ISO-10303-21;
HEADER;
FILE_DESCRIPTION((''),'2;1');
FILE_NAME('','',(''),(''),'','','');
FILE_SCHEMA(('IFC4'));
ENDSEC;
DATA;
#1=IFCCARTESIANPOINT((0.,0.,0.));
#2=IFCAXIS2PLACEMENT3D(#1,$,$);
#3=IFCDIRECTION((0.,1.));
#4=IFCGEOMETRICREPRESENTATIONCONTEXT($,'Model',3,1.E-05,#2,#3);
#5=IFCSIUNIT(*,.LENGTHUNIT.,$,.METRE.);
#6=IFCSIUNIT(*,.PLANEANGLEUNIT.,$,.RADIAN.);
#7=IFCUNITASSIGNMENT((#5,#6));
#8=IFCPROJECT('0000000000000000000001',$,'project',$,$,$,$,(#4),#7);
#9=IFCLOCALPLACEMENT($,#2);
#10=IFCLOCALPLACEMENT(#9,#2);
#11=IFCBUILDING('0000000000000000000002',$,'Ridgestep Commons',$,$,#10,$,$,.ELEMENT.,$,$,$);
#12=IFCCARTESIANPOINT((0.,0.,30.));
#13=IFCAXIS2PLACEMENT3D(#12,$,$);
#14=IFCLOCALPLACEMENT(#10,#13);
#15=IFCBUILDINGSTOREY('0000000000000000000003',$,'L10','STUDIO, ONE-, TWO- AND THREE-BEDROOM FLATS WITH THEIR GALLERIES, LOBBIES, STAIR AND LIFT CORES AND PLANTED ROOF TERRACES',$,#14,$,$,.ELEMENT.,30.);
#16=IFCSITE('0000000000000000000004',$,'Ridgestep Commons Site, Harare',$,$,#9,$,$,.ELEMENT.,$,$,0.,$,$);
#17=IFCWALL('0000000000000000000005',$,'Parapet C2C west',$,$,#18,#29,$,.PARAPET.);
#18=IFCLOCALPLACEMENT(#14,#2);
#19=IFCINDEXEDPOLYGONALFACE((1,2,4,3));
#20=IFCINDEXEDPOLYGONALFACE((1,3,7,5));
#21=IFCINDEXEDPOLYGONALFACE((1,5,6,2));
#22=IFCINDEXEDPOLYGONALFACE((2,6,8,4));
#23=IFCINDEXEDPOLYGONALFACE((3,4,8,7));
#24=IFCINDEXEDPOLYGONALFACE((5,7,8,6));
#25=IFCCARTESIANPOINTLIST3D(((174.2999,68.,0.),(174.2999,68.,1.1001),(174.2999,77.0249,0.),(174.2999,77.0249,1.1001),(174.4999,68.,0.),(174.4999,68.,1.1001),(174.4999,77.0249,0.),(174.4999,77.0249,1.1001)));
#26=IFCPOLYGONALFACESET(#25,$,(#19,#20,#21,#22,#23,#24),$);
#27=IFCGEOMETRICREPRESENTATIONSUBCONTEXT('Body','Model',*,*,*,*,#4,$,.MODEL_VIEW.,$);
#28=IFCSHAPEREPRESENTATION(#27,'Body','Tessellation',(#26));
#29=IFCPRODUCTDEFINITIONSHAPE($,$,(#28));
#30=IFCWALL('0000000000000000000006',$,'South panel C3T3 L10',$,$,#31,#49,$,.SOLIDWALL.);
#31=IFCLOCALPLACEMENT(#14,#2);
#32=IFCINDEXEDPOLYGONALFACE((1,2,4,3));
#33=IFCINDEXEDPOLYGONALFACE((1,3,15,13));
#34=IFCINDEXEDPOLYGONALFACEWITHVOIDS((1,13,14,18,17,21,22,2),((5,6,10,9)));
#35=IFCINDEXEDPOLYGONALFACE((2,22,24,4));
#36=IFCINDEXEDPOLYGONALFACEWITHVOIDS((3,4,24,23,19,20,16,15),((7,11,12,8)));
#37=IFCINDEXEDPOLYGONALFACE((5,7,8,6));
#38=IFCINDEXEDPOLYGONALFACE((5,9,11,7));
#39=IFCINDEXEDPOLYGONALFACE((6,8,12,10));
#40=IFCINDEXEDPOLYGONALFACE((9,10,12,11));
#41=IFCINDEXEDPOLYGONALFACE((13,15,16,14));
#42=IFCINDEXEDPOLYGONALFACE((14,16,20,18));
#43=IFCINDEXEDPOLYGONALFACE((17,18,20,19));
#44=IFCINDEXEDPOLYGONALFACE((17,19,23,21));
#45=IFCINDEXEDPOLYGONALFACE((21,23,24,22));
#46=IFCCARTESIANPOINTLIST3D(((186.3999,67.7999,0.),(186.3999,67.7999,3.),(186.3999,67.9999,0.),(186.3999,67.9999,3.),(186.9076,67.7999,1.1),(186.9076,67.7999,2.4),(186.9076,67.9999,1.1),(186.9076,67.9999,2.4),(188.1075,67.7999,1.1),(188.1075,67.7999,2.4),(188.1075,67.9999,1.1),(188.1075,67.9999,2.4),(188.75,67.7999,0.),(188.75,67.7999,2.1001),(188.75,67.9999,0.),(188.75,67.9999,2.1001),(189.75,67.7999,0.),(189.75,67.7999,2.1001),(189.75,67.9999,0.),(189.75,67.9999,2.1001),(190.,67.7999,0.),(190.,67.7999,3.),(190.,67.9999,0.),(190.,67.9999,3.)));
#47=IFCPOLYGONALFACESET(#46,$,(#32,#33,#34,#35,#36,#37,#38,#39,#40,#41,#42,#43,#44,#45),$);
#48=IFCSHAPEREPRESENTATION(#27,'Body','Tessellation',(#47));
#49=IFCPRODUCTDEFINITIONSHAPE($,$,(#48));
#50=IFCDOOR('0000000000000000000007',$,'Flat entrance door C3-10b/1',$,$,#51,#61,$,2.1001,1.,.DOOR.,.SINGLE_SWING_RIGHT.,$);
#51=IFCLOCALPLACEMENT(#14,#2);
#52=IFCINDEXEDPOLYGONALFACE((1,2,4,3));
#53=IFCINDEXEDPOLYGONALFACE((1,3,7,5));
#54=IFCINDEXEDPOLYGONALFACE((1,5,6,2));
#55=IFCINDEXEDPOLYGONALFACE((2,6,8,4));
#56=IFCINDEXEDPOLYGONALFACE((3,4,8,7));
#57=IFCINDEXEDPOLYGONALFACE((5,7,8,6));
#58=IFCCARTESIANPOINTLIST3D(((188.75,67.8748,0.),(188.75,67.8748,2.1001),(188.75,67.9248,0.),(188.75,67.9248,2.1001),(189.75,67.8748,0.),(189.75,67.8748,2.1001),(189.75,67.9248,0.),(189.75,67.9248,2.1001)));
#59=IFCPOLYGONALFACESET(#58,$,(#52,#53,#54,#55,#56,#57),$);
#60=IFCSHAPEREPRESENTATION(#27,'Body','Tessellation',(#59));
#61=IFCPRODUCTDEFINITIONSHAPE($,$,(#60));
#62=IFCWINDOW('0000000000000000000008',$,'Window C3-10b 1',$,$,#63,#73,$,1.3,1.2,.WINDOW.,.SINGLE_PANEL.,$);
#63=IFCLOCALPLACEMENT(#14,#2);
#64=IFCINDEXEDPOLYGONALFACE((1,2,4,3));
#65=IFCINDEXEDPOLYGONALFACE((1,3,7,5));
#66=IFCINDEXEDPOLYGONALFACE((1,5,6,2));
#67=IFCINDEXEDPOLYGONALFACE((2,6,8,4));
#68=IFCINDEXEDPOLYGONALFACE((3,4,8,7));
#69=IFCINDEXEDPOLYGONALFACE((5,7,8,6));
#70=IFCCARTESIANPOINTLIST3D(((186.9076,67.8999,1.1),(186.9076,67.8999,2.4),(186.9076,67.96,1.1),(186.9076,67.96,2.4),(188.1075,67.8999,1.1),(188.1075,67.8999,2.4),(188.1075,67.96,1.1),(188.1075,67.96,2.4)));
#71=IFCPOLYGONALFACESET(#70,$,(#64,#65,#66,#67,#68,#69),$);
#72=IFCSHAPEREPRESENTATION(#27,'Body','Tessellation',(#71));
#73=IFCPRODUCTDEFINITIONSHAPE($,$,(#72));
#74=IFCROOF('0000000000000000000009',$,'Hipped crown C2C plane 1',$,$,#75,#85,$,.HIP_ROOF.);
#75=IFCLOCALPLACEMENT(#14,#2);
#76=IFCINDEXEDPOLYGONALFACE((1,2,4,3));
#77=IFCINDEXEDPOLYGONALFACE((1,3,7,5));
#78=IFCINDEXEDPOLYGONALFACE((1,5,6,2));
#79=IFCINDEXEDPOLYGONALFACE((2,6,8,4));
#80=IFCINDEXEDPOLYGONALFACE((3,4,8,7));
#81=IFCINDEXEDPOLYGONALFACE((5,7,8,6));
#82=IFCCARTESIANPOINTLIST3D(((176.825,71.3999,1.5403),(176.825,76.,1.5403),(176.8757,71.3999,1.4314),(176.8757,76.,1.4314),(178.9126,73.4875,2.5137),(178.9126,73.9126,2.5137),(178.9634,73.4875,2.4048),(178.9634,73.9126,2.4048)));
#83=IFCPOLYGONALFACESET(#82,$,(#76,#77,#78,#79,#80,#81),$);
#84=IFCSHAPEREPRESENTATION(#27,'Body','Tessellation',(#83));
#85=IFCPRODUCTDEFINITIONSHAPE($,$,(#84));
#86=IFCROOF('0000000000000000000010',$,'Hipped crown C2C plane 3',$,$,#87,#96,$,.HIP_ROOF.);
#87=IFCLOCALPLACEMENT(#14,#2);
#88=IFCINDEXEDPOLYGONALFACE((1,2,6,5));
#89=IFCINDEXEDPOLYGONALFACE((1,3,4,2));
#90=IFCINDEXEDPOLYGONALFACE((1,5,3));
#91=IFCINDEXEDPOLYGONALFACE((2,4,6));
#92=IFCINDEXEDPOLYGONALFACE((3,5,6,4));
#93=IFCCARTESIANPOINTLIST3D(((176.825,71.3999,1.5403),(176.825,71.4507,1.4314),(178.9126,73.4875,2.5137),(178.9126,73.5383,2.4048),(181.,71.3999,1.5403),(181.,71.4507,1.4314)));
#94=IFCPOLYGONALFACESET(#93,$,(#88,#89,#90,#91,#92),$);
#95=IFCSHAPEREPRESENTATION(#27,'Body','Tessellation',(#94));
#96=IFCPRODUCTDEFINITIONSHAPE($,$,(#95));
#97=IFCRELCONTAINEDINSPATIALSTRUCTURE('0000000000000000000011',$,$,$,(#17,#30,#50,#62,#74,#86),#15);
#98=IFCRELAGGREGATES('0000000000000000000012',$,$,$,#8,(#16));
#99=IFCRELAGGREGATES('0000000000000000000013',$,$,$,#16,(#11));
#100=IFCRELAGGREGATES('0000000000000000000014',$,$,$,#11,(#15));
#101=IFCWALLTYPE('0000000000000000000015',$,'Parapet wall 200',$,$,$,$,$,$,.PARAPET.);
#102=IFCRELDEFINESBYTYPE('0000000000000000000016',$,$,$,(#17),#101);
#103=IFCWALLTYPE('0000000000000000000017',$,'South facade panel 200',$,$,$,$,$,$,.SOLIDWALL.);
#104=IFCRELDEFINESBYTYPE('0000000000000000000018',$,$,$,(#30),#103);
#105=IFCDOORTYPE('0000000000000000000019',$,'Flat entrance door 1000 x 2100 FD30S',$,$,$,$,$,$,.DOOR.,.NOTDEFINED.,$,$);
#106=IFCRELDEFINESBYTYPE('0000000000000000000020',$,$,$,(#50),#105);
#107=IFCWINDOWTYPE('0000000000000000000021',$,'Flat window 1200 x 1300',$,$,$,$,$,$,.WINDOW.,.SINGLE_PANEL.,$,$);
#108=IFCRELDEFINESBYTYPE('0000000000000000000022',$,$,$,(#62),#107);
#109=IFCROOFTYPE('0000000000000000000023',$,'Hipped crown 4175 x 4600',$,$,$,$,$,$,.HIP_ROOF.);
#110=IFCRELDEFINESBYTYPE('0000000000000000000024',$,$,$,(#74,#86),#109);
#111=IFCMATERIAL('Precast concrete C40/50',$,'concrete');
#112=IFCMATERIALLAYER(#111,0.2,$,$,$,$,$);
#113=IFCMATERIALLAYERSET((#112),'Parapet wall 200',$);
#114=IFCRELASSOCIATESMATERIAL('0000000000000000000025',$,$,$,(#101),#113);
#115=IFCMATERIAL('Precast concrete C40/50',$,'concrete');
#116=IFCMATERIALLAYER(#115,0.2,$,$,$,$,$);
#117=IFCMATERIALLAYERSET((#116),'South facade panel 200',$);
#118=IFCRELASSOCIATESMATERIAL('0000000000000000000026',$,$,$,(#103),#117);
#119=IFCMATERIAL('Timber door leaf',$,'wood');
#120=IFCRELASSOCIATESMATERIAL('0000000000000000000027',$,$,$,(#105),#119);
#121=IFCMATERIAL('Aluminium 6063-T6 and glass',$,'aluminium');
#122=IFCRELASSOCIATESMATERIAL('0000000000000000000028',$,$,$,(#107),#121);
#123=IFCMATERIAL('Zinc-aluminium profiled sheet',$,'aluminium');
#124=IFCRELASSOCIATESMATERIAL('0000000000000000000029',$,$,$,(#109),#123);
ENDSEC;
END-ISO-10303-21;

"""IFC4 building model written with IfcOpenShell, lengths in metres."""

from ifc_helpers import new_model, si_unit, direction, frame, frame_2d, origin, place, context, subcontext, project, spatial, polyline, rectangle, outline, extrude, material, layer, layer_set, type_object, element, fill, save


model = new_model("IFC4")

# Units and contexts
model_context = context("Model", 3, precision=1e-05, world=origin(), true_north=direction((0.0, 1.0)))
body_context = subcontext(model_context, "Body", "Model", "MODEL_VIEW")
ifc_project = project(units=[si_unit("LENGTHUNIT", "METRE"), si_unit("PLANEANGLEUNIT", "RADIAN")], contexts=[model_context])

# Site, building, storey
site_placement = place(None, origin())
site = spatial("IfcSite", under=ifc_project, at=site_placement, Name="Ridgestep Commons Site, Harare", CompositionType="ELEMENT", RefElevation=0.0)
building_placement = place(site_placement, origin())
building = spatial("IfcBuilding", under=site, at=building_placement, Name="Ridgestep Commons", CompositionType="ELEMENT")
storey_placement = place(building_placement, frame((0.0, 0.0, 30.0)))
storey = spatial("IfcBuildingStorey", under=building, at=storey_placement, Name="L10", Description="STUDIO, ONE-, TWO- AND THREE-BEDROOM FLATS WITH THEIR GALLERIES, LOBBIES, STAIR AND LIFT CORES AND PLANTED ROOF TERRACES", CompositionType="ELEMENT", Elevation=30.0)

# Wall
ifc_material_1 = material(Name="Precast concrete C40/50", Category="concrete")
ifc_layer_1 = layer(ifc_material_1, 0.2)
ifc_layer_set_1 = layer_set([ifc_layer_1], Name="Parapet wall 200")
wall_type_1 = type_object("IfcWallType", Name="Parapet wall 200", PredefinedType="PARAPET", material=ifc_layer_set_1)
wall_1_placement = place(storey_placement, frame((174.3999, 68.0, 0.0), z_axis=(0.0, 0.0, 1.0), x_axis=(0.0, 1.0, 0.0)))
element("IfcWall", 1, at=wall_1_placement, inside=storey, type_object=wall_type_1, Name="Parapet C2C west", PredefinedType="PARAPET", context=body_context, shape_type="SweptSolid", body=[
    extrude(rectangle(XDim=9.0249, YDim=0.2, at=frame_2d((4.5125, 0.0))), origin(), (0.0, 0.0, 1.0), 1.1001),
])

# Wall, openings, door, window
ifc_material_2 = material(Name="Precast concrete C40/50", Category="concrete")
ifc_layer_2 = layer(ifc_material_2, 0.2)
ifc_layer_set_2 = layer_set([ifc_layer_2], Name="South facade panel 200")
wall_type_2 = type_object("IfcWallType", Name="South facade panel 200", PredefinedType="SOLIDWALL", material=ifc_layer_set_2)
wall_2_placement = place(storey_placement, frame((186.3999, 67.8999, 0.0), z_axis=(0.0, 0.0, 1.0), x_axis=(1.0, 0.0, 0.0)))
wall_2 = element("IfcWall", 2, at=wall_2_placement, inside=storey, type_object=wall_type_2, Name="South panel C3T3 L10", PredefinedType="SOLIDWALL", context=body_context, shape_type="SweptSolid", body=[
    extrude(rectangle(XDim=3.6001, YDim=0.2, at=frame_2d((1.8, 0.0))), origin(), (0.0, 0.0, 1.0), 3.0),
])
opening_1_placement = place(wall_2_placement, frame((0.5076, 0.0, 1.1001)))
opening_1 = element("IfcOpeningElement", 3, at=opening_1_placement, cuts=wall_2, PredefinedType="OPENING", context=body_context, shape_type="SweptSolid", body=[
    extrude(rectangle(XDim=1.2, YDim=1.3, at=frame_2d((0.6001, 0.6499))), frame((0.0, 0.1099, 0.0), z_axis=(0.0, -1.0, 0.0), x_axis=(1.0, 0.0, 0.0)), (0.0, 0.0, 1.0), 0.22),
])
opening_2_placement = place(wall_2_placement, frame((2.3501, 0.0, 0.0)))
opening_2 = element("IfcOpeningElement", 4, at=opening_2_placement, cuts=wall_2, PredefinedType="OPENING", context=body_context, shape_type="SweptSolid", body=[
    extrude(rectangle(XDim=1.0, YDim=2.1001, at=frame_2d((0.5, 1.05))), frame((0.0, 0.1099, 0.0), z_axis=(0.0, -1.0, 0.0), x_axis=(1.0, 0.0, 0.0)), (0.0, 0.0, 1.0), 0.22),
])
ifc_material_3 = material(Name="Timber door leaf", Category="wood")
door_type_1 = type_object("IfcDoorType", Name="Flat entrance door 1000 x 2100 FD30S", OperationType="NOTDEFINED", PredefinedType="DOOR", material=ifc_material_3)
door_1_placement = place(opening_2_placement, origin())
door_1 = element("IfcDoor", 5, at=door_1_placement, inside=storey, type_object=door_type_1, Name="Flat entrance door C3-10b/1", OperationType="SINGLE_SWING_RIGHT", OverallHeight=2.1001, OverallWidth=1.0, PredefinedType="DOOR", context=body_context, shape_type="SweptSolid", body=[
    extrude(rectangle(XDim=1.0, YDim=2.1001, at=frame_2d((0.5, 1.05))), frame((0.0, 0.0249, 0.0), z_axis=(0.0, -1.0, 0.0), x_axis=(1.0, 0.0, 0.0)), (0.0, 0.0, 1.0), 0.05),
])
fill(opening_2, door_1)
ifc_material_4 = material(Name="Aluminium 6063-T6 and glass", Category="aluminium")
window_type = type_object("IfcWindowType", Name="Flat window 1200 x 1300", PartitioningType="SINGLE_PANEL", PredefinedType="WINDOW", material=ifc_material_4)
window_placement = place(opening_1_placement, origin())
window = element("IfcWindow", 6, at=window_placement, inside=storey, type_object=window_type, Name="Window C3-10b 1", OverallHeight=1.3, OverallWidth=1.2, PartitioningType="SINGLE_PANEL", PredefinedType="WINDOW", context=body_context, shape_type="SweptSolid", body=[
    extrude(rectangle(XDim=1.2, YDim=1.3, at=frame_2d((0.6001, 0.6499))), frame((0.0, 0.0601, 0.0), z_axis=(0.0, -1.0, 0.0), x_axis=(1.0, 0.0, 0.0)), (0.0, 0.0, 1.0), 0.0601),
])
fill(opening_1, window)

# Roofs
ifc_material_5 = material(Name="Zinc-aluminium profiled sheet", Category="aluminium")
roof_type = type_object("IfcRoofType", Name="Hipped crown 4175 x 4600", PredefinedType="HIP_ROOF", material=ifc_material_5)
roof_1_placement = place(storey_placement, frame((176.825, 71.3999, 1.5403), z_axis=(-0.422584, 0.0, 0.906324), x_axis=(0.0, 1.0, 0.0)))
element("IfcRoof", 7, at=roof_1_placement, inside=storey, type_object=roof_type, Name="Hipped crown C2C plane 1", PredefinedType="HIP_ROOF", context=body_context, shape_type="SweptSolid", body=[
    extrude(outline(polyline([(0.0, 0.0), (4.6001, 0.0), (2.5127, -2.3034), (2.0876, -2.3034), (0.0, 0.0)])), origin(), (0.0, 0.0, -1.0), 0.1201),
])
roof_2_placement = place(storey_placement, frame((181.0, 71.3999, 1.5403), z_axis=(0.0, -0.422584, 0.906324), x_axis=(-1.0, 0.0, 0.0)))
element("IfcRoof", 8, at=roof_2_placement, inside=storey, type_object=roof_type, Name="Hipped crown C2C plane 3", PredefinedType="HIP_ROOF", context=body_context, shape_type="SweptSolid", body=[
    extrude(outline(polyline([(0.0, 0.0), (4.175, 0.0), (2.0874, -2.3034), (0.0, 0.0)])), origin(), (0.0, 0.0, -1.0), 0.1201),
])

save(model, "model.ifc")
